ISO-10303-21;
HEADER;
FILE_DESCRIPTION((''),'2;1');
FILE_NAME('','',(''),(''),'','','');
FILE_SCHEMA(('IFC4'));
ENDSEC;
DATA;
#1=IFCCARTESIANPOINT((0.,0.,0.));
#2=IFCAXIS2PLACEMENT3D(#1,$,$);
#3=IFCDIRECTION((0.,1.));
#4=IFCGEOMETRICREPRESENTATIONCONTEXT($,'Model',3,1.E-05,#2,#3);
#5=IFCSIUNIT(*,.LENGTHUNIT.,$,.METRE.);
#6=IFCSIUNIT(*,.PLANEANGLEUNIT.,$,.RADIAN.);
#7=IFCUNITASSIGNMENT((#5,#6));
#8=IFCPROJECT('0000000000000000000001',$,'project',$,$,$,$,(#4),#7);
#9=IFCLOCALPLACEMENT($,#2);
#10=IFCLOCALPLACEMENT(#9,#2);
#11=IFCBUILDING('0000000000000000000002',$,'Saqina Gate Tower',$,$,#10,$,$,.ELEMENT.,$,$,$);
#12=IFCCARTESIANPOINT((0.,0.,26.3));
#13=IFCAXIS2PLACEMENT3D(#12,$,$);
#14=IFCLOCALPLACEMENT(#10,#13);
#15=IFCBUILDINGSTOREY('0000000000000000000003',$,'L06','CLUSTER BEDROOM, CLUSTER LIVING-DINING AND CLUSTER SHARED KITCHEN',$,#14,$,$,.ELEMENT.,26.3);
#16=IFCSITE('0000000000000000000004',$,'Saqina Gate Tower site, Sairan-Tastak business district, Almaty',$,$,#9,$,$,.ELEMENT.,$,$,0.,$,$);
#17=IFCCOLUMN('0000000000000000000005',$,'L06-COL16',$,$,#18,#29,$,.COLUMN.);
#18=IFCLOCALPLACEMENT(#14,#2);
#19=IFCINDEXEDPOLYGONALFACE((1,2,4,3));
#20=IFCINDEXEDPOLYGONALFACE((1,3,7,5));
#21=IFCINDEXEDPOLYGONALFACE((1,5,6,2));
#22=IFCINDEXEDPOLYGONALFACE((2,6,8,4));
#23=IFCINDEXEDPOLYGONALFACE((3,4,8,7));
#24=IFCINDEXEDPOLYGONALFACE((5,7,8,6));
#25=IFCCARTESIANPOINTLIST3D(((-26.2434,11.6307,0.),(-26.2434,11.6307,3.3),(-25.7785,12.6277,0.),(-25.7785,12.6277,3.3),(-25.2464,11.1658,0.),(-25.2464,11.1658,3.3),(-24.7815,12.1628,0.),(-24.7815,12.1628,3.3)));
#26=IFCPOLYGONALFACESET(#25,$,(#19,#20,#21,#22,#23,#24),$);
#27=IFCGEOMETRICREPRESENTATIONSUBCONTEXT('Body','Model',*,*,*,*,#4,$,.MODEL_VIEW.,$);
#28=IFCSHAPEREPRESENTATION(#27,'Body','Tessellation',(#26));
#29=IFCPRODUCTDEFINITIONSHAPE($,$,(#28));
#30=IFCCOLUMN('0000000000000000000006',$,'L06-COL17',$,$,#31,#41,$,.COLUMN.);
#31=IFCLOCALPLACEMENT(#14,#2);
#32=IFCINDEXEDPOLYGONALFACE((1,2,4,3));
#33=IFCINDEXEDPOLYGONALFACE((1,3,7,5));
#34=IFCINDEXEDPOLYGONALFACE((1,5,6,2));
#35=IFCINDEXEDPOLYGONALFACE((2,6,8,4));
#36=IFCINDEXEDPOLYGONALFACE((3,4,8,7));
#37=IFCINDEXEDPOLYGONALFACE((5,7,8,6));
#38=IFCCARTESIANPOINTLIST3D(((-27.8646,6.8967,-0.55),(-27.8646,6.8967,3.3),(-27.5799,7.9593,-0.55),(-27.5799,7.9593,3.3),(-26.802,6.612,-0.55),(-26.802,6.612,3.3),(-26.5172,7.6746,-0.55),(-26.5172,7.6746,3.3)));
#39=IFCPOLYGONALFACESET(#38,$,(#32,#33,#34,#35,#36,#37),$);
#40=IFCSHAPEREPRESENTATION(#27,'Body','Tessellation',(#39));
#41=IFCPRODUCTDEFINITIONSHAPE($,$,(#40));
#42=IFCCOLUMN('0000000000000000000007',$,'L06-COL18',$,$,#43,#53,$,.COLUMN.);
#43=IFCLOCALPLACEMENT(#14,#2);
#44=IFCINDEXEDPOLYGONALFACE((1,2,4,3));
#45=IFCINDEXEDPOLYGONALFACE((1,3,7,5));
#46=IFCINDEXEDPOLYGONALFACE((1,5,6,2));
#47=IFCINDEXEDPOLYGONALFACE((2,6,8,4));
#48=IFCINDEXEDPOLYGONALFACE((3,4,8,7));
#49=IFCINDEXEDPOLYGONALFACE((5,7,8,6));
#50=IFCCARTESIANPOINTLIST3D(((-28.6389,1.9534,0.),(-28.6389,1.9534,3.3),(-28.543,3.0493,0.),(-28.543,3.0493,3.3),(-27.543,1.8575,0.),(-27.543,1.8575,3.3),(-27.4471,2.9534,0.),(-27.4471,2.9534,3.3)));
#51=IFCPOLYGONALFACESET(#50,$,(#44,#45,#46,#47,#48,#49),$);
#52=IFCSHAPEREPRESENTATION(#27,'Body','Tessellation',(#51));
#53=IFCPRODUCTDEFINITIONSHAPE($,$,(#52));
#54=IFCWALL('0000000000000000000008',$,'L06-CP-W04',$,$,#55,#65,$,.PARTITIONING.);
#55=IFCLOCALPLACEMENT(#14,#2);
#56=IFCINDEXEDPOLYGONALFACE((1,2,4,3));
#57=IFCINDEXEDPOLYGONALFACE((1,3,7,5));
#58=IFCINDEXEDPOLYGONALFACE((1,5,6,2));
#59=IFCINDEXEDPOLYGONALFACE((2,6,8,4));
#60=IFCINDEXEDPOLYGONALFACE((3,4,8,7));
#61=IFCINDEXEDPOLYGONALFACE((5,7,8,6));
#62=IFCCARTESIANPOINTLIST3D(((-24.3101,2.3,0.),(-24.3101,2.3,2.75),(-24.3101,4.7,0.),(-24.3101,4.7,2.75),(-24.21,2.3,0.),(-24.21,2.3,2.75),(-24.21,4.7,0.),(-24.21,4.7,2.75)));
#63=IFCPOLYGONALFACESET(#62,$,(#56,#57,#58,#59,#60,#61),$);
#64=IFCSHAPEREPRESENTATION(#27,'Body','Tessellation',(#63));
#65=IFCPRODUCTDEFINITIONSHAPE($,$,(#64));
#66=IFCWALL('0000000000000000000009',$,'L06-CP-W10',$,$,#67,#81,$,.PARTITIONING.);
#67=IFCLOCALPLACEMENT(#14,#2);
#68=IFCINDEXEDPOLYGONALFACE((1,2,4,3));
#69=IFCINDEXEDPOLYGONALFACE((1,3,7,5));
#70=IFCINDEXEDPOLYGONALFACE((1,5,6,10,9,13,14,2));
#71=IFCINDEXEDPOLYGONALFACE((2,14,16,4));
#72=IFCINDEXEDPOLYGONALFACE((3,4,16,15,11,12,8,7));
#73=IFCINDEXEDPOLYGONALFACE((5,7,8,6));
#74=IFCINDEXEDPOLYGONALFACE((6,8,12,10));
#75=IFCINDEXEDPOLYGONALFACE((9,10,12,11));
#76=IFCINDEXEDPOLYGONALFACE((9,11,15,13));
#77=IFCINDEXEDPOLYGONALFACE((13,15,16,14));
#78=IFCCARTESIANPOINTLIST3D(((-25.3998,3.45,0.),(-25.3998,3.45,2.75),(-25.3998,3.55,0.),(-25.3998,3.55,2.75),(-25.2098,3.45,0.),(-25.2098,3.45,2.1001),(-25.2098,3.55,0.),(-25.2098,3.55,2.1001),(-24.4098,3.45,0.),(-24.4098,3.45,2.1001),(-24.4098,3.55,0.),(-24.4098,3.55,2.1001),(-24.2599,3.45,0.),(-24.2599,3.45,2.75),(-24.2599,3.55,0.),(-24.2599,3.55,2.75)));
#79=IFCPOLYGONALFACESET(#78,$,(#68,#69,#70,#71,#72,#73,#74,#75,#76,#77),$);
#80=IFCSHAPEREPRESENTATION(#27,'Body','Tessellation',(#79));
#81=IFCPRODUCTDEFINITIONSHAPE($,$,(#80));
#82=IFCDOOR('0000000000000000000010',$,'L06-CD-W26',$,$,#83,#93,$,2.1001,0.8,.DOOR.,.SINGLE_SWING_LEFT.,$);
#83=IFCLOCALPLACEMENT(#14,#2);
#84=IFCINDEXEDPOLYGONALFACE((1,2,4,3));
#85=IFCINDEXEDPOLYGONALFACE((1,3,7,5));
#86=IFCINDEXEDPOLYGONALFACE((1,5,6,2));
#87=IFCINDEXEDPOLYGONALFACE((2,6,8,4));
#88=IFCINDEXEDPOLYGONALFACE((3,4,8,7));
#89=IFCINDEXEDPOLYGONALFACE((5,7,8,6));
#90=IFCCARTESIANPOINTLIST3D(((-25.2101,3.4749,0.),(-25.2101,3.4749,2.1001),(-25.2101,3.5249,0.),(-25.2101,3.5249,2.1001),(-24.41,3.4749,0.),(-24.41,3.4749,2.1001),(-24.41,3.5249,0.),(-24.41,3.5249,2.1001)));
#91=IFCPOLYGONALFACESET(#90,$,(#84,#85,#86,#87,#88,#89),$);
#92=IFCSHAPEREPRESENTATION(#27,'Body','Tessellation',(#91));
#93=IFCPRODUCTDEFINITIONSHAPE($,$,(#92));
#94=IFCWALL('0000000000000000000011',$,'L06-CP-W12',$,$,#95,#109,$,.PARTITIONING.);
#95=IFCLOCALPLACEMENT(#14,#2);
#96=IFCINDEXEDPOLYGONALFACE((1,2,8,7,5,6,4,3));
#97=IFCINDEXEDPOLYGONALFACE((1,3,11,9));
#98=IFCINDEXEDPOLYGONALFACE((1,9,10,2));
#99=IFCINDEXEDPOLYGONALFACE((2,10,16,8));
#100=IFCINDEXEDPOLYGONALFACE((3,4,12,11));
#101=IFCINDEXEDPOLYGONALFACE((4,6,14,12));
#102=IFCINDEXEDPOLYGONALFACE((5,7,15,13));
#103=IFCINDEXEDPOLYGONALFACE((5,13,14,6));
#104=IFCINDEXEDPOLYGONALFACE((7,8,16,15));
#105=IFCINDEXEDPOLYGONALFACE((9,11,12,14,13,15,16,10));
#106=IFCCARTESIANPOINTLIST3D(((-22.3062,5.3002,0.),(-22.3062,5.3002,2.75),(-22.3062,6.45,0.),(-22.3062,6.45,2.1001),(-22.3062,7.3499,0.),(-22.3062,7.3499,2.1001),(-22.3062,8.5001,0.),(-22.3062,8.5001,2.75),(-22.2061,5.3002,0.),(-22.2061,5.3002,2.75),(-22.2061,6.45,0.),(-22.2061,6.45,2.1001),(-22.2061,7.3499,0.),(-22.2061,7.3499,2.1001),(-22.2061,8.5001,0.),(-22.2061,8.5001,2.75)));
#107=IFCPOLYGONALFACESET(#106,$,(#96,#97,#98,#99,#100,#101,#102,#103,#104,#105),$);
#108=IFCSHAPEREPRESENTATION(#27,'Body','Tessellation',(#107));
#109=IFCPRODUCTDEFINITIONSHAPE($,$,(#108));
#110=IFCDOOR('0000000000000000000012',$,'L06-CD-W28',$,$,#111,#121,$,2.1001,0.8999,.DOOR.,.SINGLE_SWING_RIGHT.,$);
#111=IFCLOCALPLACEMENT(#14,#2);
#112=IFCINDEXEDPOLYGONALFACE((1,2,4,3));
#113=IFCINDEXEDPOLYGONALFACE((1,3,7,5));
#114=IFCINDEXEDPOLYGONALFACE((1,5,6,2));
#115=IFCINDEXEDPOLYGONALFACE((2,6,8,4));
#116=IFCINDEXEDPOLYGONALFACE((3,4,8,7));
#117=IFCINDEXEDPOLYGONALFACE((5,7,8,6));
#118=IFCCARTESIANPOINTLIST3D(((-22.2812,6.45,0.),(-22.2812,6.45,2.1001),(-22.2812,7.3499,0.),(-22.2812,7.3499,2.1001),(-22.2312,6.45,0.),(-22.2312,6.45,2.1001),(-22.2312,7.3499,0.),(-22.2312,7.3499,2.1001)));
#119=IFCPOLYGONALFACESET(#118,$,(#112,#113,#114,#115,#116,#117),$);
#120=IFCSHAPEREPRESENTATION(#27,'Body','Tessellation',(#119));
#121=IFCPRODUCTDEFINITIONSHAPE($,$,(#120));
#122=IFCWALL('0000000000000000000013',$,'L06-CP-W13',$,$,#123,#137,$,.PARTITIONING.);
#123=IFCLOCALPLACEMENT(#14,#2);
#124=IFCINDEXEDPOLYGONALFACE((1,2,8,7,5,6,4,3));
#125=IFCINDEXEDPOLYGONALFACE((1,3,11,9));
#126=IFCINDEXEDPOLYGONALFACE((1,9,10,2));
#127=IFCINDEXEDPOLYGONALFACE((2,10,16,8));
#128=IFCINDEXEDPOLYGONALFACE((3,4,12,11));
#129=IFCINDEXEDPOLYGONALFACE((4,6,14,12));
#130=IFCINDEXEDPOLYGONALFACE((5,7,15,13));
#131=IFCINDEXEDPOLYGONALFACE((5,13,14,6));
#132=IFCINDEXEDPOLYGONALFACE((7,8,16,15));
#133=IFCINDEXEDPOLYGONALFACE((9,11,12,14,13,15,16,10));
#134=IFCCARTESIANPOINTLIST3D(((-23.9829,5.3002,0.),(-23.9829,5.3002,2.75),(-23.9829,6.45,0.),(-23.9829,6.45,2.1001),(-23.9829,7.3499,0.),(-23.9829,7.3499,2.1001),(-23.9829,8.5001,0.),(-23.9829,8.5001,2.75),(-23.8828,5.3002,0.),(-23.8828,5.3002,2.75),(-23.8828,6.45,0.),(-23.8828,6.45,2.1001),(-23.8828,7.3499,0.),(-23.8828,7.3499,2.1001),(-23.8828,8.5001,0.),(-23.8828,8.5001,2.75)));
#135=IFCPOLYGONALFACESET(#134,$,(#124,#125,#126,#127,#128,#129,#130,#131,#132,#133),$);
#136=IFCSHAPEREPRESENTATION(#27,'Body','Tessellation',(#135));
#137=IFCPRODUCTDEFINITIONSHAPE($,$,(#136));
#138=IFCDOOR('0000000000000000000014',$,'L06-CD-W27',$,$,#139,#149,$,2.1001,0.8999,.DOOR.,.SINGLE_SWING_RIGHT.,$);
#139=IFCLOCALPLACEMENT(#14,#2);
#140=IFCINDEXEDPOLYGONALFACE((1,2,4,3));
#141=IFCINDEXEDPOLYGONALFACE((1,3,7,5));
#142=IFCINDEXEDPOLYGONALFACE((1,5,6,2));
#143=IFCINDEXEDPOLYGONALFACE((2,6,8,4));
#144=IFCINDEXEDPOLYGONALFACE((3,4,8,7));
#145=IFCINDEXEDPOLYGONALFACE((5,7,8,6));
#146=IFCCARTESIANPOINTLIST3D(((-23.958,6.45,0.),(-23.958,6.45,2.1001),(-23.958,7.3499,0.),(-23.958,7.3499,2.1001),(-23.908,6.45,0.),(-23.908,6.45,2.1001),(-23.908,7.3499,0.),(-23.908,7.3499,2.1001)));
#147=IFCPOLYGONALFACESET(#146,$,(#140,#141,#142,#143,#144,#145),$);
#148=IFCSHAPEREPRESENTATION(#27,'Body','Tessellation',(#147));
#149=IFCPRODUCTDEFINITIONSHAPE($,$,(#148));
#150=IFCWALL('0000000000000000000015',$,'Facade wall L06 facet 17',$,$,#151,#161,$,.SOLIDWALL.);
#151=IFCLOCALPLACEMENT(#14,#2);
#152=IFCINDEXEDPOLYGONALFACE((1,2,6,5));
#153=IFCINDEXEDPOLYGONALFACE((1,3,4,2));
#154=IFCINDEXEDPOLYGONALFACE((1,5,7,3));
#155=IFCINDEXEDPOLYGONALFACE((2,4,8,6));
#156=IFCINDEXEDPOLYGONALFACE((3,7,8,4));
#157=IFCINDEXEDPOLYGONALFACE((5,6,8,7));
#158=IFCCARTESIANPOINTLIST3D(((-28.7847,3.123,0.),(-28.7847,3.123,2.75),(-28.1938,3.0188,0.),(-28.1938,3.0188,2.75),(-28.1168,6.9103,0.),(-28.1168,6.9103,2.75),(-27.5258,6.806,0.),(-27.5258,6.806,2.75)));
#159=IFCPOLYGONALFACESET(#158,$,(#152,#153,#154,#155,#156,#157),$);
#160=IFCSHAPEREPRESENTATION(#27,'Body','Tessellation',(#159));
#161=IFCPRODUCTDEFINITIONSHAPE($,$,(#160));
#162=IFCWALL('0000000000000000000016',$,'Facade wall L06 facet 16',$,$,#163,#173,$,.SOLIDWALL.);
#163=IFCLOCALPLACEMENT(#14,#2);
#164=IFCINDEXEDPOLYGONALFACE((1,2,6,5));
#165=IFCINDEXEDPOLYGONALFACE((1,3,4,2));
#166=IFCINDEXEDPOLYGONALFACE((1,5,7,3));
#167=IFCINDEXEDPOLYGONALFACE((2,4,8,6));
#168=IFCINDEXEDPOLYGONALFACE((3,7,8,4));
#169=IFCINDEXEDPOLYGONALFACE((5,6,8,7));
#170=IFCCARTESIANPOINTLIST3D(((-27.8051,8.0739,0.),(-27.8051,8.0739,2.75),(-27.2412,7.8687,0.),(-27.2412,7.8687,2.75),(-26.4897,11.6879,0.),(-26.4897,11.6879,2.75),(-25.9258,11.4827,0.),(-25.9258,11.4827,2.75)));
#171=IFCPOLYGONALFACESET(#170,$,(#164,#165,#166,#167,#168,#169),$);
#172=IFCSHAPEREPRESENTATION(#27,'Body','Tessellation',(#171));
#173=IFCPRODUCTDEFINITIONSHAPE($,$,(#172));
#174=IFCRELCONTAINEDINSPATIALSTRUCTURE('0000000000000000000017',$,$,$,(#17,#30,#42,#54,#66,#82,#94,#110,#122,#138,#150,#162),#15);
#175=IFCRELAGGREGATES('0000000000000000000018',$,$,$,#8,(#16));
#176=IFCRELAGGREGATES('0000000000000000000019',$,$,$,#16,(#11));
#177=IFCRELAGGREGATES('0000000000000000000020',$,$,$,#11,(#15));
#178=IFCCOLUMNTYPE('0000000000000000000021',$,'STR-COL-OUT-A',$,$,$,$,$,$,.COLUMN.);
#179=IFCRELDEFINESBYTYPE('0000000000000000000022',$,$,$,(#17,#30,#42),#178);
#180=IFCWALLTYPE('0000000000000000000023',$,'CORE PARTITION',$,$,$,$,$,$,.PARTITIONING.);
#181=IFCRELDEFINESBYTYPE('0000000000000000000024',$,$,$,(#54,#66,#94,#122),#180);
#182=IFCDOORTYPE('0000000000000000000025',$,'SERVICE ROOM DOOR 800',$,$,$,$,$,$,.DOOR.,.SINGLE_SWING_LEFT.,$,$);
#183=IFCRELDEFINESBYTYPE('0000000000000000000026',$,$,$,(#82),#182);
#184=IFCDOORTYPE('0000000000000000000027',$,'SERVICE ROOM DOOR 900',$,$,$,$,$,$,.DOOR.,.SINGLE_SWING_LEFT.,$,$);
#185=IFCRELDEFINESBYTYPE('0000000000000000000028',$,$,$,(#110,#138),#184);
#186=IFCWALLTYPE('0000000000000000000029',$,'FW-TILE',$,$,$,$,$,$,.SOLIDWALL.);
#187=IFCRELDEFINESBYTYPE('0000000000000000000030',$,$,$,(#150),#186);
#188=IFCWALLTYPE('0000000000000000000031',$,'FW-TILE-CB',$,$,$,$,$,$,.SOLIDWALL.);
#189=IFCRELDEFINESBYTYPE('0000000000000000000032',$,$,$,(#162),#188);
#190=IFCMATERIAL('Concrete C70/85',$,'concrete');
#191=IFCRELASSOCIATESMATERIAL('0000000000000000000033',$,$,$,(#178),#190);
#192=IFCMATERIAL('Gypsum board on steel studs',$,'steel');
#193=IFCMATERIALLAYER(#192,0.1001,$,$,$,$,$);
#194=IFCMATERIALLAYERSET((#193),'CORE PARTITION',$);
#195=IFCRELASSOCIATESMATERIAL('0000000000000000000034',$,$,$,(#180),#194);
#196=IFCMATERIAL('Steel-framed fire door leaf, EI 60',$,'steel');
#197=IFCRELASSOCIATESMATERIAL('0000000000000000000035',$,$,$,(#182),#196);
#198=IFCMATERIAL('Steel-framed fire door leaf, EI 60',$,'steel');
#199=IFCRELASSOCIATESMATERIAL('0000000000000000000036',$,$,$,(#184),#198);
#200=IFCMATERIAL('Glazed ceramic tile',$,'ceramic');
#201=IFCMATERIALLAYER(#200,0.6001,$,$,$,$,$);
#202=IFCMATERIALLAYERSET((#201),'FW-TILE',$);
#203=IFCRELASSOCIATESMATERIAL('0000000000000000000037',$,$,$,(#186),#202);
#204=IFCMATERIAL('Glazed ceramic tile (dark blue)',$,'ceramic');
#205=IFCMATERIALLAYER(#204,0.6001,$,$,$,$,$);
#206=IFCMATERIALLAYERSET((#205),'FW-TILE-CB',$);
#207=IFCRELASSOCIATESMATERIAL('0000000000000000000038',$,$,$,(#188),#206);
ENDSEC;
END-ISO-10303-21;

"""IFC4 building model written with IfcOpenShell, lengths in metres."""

from ifc_helpers import new_model, si_unit, direction, frame, frame_2d, origin, origin_2d, place, context, subcontext, project, spatial, rectangle, extrude, material, layer, layer_set, material_profile, profile_set, type_object, element, fill, save


model = new_model("IFC4")

# Units and contexts
model_context = context("Model", 3, precision=1e-05, world=origin(), true_north=direction((0.0, 1.0)))
body_context = subcontext(model_context, "Body", "Model", "MODEL_VIEW")
ifc_project = project(units=[si_unit("LENGTHUNIT", "METRE"), si_unit("PLANEANGLEUNIT", "RADIAN")], contexts=[model_context])

# Site, building, storey
site_placement = place(None, origin())
site = spatial("IfcSite", under=ifc_project, at=site_placement, Name="Saqina Gate Tower site, Sairan-Tastak business district, Almaty", CompositionType="ELEMENT", RefElevation=0.0)
building_placement = place(site_placement, origin())
building = spatial("IfcBuilding", under=site, at=building_placement, Name="Saqina Gate Tower", CompositionType="ELEMENT")
storey_placement = place(building_placement, frame((0.0, 0.0, 26.3)))
storey = spatial("IfcBuildingStorey", under=building, at=storey_placement, Name="L06", Description="CLUSTER BEDROOM, CLUSTER LIVING-DINING AND CLUSTER SHARED KITCHEN", CompositionType="ELEMENT", Elevation=26.3)

# Columns
ifc_material_1 = material(Name="Concrete C70/85", Category="concrete")
ifc_material_profile = material_profile(ifc_material_1, rectangle(XDim=1.1001, YDim=1.1001, at=origin_2d()), Name="RC 1100x1100")
ifc_profile_set = profile_set([ifc_material_profile], Name="Concrete C70/85")
column_type = type_object("IfcColumnType", Name="STR-COL-OUT-A", PredefinedType="COLUMN", material=ifc_profile_set)
column_1_placement = place(storey_placement, frame((-25.5125, 11.8967, 0.0), z_axis=(0.0, 0.0, 1.0), x_axis=(-0.906308, 0.422618, 0.0)))
element("IfcColumn", 1, at=column_1_placement, inside=storey, type_object=column_type, Name="L06-COL16", PredefinedType="COLUMN", context=body_context, shape_type="SweptSolid", body=[
    extrude(rectangle(XDim=1.1001, YDim=1.1001, at=origin_2d()), origin(), (0.0, 0.0, 1.0), 3.3),
])
column_2_placement = place(storey_placement, frame((-27.1909, 7.2856, -0.55), z_axis=(0.0, 0.0, 1.0), x_axis=(-0.965926, 0.258819, 0.0)))
element("IfcColumn", 2, at=column_2_placement, inside=storey, type_object=column_type, Name="L06-COL17", PredefinedType="COLUMN", context=body_context, shape_type="SweptSolid", body=[
    extrude(rectangle(XDim=1.1001, YDim=1.1001, at=origin_2d()), origin(), (0.0, 0.0, 1.0), 3.8501),
])
column_3_placement = place(storey_placement, frame((-28.043, 2.4534, 0.0), z_axis=(0.0, 0.0, 1.0), x_axis=(-0.996195, 0.087156, 0.0)))
element("IfcColumn", 3, at=column_3_placement, inside=storey, type_object=column_type, Name="L06-COL18", PredefinedType="COLUMN", context=body_context, shape_type="SweptSolid", body=[
    extrude(rectangle(XDim=1.1001, YDim=1.1001, at=origin_2d()), origin(), (0.0, 0.0, 1.0), 3.3),
])

# Wall
ifc_material_2 = material(Name="Gypsum board on steel studs", Category="steel")
ifc_layer_1 = layer(ifc_material_2, 0.1001)
ifc_layer_set_1 = layer_set([ifc_layer_1], Name="CORE PARTITION")
wall_type_1 = type_object("IfcWallType", Name="CORE PARTITION", PredefinedType="PARTITIONING", material=ifc_layer_set_1)
wall_1_placement = place(storey_placement, frame((-24.26, 2.3, 0.0), z_axis=(0.0, 0.0, 1.0), x_axis=(0.0, 1.0, 0.0)))
element("IfcWall", 4, at=wall_1_placement, inside=storey, type_object=wall_type_1, Name="L06-CP-W04", PredefinedType="PARTITIONING", context=body_context, shape_type="SweptSolid", body=[
    extrude(rectangle(XDim=2.3999, YDim=0.1001, at=frame_2d((1.2, 0.0))), origin(), (0.0, 0.0, 1.0), 2.75),
])

# Walls, openings, doors
wall_2_placement = place(storey_placement, frame((-24.26, 3.5, 0.0), z_axis=(0.0, 0.0, 1.0), x_axis=(-1.0, 0.0, 0.0)))
wall_2 = element("IfcWall", 5, at=wall_2_placement, inside=storey, type_object=wall_type_1, Name="L06-CP-W10", PredefinedType="PARTITIONING", context=body_context, shape_type="SweptSolid", body=[
    extrude(rectangle(XDim=1.1399, YDim=0.1001, at=frame_2d((0.5698, 0.0))), origin(), (0.0, 0.0, 1.0), 2.75),
])
opening_1_placement = place(wall_2_placement, frame((0.1499, 0.0, 0.0)))
opening_1 = element("IfcOpeningElement", 6, at=opening_1_placement, cuts=wall_2, PredefinedType="OPENING", context=body_context, shape_type="SweptSolid", body=[
    extrude(rectangle(XDim=0.8, YDim=2.1001, at=frame_2d((0.3999, 1.05))), frame((0.0, 0.062, 0.0), z_axis=(0.0, -1.0, 0.0), x_axis=(1.0, 0.0, 0.0)), (0.0, 0.0, 1.0), 0.124),
])
ifc_material_3 = material(Name="Steel-framed fire door leaf, EI 60", Category="steel")
door_type_1 = type_object("IfcDoorType", Name="SERVICE ROOM DOOR 800", OperationType="SINGLE_SWING_LEFT", PredefinedType="DOOR", material=ifc_material_3)
door_1_placement = place(opening_1_placement, frame((0.8, 0.0, 0.0), z_axis=(0.0, 0.0, 1.0), x_axis=(-1.0, 0.0, 0.0)))
door_1 = element("IfcDoor", 7, at=door_1_placement, inside=storey, type_object=door_type_1, Name="L06-CD-W26", OperationType="SINGLE_SWING_LEFT", OverallHeight=2.1001, OverallWidth=0.8, PredefinedType="DOOR", context=body_context, shape_type="SweptSolid", body=[
    extrude(rectangle(XDim=0.8, YDim=2.1001, at=frame_2d((0.3999, 1.05))), frame((0.0, 0.0249, 0.0), z_axis=(0.0, -1.0, 0.0), x_axis=(1.0, 0.0, 0.0)), (0.0, 0.0, 1.0), 0.05),
])
fill(opening_1, door_1)
wall_3_placement = place(storey_placement, frame((-22.2561, 5.3, 0.0), z_axis=(0.0, 0.0, 1.0), x_axis=(0.0, 1.0, 0.0)))
wall_3 = element("IfcWall", 8, at=wall_3_placement, inside=storey, type_object=wall_type_1, Name="L06-CP-W12", PredefinedType="PARTITIONING", context=body_context, shape_type="SweptSolid", body=[
    extrude(rectangle(XDim=3.2, YDim=0.1001, at=frame_2d((1.6001, 0.0))), origin(), (0.0, 0.0, 1.0), 2.75),
])
opening_2_placement = place(wall_3_placement, frame((1.1499, 0.0, 0.0)))
opening_2 = element("IfcOpeningElement", 9, at=opening_2_placement, cuts=wall_3, PredefinedType="OPENING", context=body_context, shape_type="SweptSolid", body=[
    extrude(rectangle(XDim=0.8999, YDim=2.1001, at=frame_2d((0.45, 1.05))), frame((0.0, 0.062, 0.0), z_axis=(0.0, -1.0, 0.0), x_axis=(1.0, 0.0, 0.0)), (0.0, 0.0, 1.0), 0.124),
])
ifc_material_4 = material(Name="Steel-framed fire door leaf, EI 60", Category="steel")
door_type_2 = type_object("IfcDoorType", Name="SERVICE ROOM DOOR 900", OperationType="SINGLE_SWING_LEFT", PredefinedType="DOOR", material=ifc_material_4)
door_2_placement = place(opening_2_placement, frame((0.8999, 0.0, 0.0), z_axis=(0.0, 0.0, 1.0), x_axis=(-1.0, 0.0, 0.0)))
door_2 = element("IfcDoor", 10, at=door_2_placement, inside=storey, type_object=door_type_2, Name="L06-CD-W28", OperationType="SINGLE_SWING_RIGHT", OverallHeight=2.1001, OverallWidth=0.8999, PredefinedType="DOOR", context=body_context, shape_type="SweptSolid", body=[
    extrude(rectangle(XDim=0.8999, YDim=2.1001, at=frame_2d((0.45, 1.05))), frame((0.0, 0.0249, 0.0), z_axis=(0.0, -1.0, 0.0), x_axis=(1.0, 0.0, 0.0)), (0.0, 0.0, 1.0), 0.05),
])
fill(opening_2, door_2)
wall_4_placement = place(storey_placement, frame((-23.9329, 5.3, 0.0), z_axis=(0.0, 0.0, 1.0), x_axis=(0.0, 1.0, 0.0)))
wall_4 = element("IfcWall", 11, at=wall_4_placement, inside=storey, type_object=wall_type_1, Name="L06-CP-W13", PredefinedType="PARTITIONING", context=body_context, shape_type="SweptSolid", body=[
    extrude(rectangle(XDim=3.2, YDim=0.1001, at=frame_2d((1.6001, 0.0))), origin(), (0.0, 0.0, 1.0), 2.75),
])
opening_3_placement = place(wall_4_placement, frame((1.1499, 0.0, 0.0)))
opening_3 = element("IfcOpeningElement", 12, at=opening_3_placement, cuts=wall_4, PredefinedType="OPENING", context=body_context, shape_type="SweptSolid", body=[
    extrude(rectangle(XDim=0.8999, YDim=2.1001, at=frame_2d((0.45, 1.05))), frame((0.0, 0.062, 0.0), z_axis=(0.0, -1.0, 0.0), x_axis=(1.0, 0.0, 0.0)), (0.0, 0.0, 1.0), 0.124),
])
door_3_placement = place(opening_3_placement, frame((0.8999, 0.0, 0.0), z_axis=(0.0, 0.0, 1.0), x_axis=(-1.0, 0.0, 0.0)))
door_3 = element("IfcDoor", 13, at=door_3_placement, inside=storey, type_object=door_type_2, Name="L06-CD-W27", OperationType="SINGLE_SWING_RIGHT", OverallHeight=2.1001, OverallWidth=0.8999, PredefinedType="DOOR", context=body_context, shape_type="SweptSolid", body=[
    extrude(rectangle(XDim=0.8999, YDim=2.1001, at=frame_2d((0.45, 1.05))), frame((0.0, 0.0249, 0.0), z_axis=(0.0, -1.0, 0.0), x_axis=(1.0, 0.0, 0.0)), (0.0, 0.0, 1.0), 0.05),
])
fill(opening_3, door_3)

# Walls
ifc_material_5 = material(Name="Glazed ceramic tile", Category="ceramic")
ifc_layer_2 = layer(ifc_material_5, 0.6001)
ifc_layer_set_2 = layer_set([ifc_layer_2], Name="FW-TILE")
wall_type_2 = type_object("IfcWallType", Name="FW-TILE", PredefinedType="SOLIDWALL", material=ifc_layer_set_2)
wall_5_placement = place(storey_placement, frame((-27.8213, 6.8582, 0.0), z_axis=(0.0, 0.0, 1.0), x_axis=(-0.173688, -0.984801, 0.0)))
element("IfcWall", 14, at=wall_5_placement, inside=storey, type_object=wall_type_2, Name="Facade wall L06 facet 17", PredefinedType="SOLIDWALL", context=body_context, shape_type="SweptSolid", body=[
    extrude(rectangle(XDim=3.8457, YDim=0.6001, at=frame_2d((1.9229, 0.0))), origin(), (0.0, 0.0, 1.0), 2.75),
])
ifc_material_6 = material(Name="Glazed ceramic tile (dark blue)", Category="ceramic")
ifc_layer_3 = layer(ifc_material_6, 0.6001)
ifc_layer_set_3 = layer_set([ifc_layer_3], Name="FW-TILE-CB")
wall_type_3 = type_object("IfcWallType", Name="FW-TILE-CB", PredefinedType="SOLIDWALL", material=ifc_layer_set_3)
wall_6_placement = place(storey_placement, frame((-26.2078, 11.5852, 0.0), z_axis=(0.0, 0.0, 1.0), x_axis=(-0.342028, -0.93969, 0.0)))
element("IfcWall", 15, at=wall_6_placement, inside=storey, type_object=wall_type_3, Name="Facade wall L06 facet 16", PredefinedType="SOLIDWALL", context=body_context, shape_type="SweptSolid", body=[
    extrude(rectangle(XDim=3.8459, YDim=0.6001, at=frame_2d((1.9229, 0.0))), origin(), (0.0, 0.0, 1.0), 2.75),
])

save(model, "model.ifc")
